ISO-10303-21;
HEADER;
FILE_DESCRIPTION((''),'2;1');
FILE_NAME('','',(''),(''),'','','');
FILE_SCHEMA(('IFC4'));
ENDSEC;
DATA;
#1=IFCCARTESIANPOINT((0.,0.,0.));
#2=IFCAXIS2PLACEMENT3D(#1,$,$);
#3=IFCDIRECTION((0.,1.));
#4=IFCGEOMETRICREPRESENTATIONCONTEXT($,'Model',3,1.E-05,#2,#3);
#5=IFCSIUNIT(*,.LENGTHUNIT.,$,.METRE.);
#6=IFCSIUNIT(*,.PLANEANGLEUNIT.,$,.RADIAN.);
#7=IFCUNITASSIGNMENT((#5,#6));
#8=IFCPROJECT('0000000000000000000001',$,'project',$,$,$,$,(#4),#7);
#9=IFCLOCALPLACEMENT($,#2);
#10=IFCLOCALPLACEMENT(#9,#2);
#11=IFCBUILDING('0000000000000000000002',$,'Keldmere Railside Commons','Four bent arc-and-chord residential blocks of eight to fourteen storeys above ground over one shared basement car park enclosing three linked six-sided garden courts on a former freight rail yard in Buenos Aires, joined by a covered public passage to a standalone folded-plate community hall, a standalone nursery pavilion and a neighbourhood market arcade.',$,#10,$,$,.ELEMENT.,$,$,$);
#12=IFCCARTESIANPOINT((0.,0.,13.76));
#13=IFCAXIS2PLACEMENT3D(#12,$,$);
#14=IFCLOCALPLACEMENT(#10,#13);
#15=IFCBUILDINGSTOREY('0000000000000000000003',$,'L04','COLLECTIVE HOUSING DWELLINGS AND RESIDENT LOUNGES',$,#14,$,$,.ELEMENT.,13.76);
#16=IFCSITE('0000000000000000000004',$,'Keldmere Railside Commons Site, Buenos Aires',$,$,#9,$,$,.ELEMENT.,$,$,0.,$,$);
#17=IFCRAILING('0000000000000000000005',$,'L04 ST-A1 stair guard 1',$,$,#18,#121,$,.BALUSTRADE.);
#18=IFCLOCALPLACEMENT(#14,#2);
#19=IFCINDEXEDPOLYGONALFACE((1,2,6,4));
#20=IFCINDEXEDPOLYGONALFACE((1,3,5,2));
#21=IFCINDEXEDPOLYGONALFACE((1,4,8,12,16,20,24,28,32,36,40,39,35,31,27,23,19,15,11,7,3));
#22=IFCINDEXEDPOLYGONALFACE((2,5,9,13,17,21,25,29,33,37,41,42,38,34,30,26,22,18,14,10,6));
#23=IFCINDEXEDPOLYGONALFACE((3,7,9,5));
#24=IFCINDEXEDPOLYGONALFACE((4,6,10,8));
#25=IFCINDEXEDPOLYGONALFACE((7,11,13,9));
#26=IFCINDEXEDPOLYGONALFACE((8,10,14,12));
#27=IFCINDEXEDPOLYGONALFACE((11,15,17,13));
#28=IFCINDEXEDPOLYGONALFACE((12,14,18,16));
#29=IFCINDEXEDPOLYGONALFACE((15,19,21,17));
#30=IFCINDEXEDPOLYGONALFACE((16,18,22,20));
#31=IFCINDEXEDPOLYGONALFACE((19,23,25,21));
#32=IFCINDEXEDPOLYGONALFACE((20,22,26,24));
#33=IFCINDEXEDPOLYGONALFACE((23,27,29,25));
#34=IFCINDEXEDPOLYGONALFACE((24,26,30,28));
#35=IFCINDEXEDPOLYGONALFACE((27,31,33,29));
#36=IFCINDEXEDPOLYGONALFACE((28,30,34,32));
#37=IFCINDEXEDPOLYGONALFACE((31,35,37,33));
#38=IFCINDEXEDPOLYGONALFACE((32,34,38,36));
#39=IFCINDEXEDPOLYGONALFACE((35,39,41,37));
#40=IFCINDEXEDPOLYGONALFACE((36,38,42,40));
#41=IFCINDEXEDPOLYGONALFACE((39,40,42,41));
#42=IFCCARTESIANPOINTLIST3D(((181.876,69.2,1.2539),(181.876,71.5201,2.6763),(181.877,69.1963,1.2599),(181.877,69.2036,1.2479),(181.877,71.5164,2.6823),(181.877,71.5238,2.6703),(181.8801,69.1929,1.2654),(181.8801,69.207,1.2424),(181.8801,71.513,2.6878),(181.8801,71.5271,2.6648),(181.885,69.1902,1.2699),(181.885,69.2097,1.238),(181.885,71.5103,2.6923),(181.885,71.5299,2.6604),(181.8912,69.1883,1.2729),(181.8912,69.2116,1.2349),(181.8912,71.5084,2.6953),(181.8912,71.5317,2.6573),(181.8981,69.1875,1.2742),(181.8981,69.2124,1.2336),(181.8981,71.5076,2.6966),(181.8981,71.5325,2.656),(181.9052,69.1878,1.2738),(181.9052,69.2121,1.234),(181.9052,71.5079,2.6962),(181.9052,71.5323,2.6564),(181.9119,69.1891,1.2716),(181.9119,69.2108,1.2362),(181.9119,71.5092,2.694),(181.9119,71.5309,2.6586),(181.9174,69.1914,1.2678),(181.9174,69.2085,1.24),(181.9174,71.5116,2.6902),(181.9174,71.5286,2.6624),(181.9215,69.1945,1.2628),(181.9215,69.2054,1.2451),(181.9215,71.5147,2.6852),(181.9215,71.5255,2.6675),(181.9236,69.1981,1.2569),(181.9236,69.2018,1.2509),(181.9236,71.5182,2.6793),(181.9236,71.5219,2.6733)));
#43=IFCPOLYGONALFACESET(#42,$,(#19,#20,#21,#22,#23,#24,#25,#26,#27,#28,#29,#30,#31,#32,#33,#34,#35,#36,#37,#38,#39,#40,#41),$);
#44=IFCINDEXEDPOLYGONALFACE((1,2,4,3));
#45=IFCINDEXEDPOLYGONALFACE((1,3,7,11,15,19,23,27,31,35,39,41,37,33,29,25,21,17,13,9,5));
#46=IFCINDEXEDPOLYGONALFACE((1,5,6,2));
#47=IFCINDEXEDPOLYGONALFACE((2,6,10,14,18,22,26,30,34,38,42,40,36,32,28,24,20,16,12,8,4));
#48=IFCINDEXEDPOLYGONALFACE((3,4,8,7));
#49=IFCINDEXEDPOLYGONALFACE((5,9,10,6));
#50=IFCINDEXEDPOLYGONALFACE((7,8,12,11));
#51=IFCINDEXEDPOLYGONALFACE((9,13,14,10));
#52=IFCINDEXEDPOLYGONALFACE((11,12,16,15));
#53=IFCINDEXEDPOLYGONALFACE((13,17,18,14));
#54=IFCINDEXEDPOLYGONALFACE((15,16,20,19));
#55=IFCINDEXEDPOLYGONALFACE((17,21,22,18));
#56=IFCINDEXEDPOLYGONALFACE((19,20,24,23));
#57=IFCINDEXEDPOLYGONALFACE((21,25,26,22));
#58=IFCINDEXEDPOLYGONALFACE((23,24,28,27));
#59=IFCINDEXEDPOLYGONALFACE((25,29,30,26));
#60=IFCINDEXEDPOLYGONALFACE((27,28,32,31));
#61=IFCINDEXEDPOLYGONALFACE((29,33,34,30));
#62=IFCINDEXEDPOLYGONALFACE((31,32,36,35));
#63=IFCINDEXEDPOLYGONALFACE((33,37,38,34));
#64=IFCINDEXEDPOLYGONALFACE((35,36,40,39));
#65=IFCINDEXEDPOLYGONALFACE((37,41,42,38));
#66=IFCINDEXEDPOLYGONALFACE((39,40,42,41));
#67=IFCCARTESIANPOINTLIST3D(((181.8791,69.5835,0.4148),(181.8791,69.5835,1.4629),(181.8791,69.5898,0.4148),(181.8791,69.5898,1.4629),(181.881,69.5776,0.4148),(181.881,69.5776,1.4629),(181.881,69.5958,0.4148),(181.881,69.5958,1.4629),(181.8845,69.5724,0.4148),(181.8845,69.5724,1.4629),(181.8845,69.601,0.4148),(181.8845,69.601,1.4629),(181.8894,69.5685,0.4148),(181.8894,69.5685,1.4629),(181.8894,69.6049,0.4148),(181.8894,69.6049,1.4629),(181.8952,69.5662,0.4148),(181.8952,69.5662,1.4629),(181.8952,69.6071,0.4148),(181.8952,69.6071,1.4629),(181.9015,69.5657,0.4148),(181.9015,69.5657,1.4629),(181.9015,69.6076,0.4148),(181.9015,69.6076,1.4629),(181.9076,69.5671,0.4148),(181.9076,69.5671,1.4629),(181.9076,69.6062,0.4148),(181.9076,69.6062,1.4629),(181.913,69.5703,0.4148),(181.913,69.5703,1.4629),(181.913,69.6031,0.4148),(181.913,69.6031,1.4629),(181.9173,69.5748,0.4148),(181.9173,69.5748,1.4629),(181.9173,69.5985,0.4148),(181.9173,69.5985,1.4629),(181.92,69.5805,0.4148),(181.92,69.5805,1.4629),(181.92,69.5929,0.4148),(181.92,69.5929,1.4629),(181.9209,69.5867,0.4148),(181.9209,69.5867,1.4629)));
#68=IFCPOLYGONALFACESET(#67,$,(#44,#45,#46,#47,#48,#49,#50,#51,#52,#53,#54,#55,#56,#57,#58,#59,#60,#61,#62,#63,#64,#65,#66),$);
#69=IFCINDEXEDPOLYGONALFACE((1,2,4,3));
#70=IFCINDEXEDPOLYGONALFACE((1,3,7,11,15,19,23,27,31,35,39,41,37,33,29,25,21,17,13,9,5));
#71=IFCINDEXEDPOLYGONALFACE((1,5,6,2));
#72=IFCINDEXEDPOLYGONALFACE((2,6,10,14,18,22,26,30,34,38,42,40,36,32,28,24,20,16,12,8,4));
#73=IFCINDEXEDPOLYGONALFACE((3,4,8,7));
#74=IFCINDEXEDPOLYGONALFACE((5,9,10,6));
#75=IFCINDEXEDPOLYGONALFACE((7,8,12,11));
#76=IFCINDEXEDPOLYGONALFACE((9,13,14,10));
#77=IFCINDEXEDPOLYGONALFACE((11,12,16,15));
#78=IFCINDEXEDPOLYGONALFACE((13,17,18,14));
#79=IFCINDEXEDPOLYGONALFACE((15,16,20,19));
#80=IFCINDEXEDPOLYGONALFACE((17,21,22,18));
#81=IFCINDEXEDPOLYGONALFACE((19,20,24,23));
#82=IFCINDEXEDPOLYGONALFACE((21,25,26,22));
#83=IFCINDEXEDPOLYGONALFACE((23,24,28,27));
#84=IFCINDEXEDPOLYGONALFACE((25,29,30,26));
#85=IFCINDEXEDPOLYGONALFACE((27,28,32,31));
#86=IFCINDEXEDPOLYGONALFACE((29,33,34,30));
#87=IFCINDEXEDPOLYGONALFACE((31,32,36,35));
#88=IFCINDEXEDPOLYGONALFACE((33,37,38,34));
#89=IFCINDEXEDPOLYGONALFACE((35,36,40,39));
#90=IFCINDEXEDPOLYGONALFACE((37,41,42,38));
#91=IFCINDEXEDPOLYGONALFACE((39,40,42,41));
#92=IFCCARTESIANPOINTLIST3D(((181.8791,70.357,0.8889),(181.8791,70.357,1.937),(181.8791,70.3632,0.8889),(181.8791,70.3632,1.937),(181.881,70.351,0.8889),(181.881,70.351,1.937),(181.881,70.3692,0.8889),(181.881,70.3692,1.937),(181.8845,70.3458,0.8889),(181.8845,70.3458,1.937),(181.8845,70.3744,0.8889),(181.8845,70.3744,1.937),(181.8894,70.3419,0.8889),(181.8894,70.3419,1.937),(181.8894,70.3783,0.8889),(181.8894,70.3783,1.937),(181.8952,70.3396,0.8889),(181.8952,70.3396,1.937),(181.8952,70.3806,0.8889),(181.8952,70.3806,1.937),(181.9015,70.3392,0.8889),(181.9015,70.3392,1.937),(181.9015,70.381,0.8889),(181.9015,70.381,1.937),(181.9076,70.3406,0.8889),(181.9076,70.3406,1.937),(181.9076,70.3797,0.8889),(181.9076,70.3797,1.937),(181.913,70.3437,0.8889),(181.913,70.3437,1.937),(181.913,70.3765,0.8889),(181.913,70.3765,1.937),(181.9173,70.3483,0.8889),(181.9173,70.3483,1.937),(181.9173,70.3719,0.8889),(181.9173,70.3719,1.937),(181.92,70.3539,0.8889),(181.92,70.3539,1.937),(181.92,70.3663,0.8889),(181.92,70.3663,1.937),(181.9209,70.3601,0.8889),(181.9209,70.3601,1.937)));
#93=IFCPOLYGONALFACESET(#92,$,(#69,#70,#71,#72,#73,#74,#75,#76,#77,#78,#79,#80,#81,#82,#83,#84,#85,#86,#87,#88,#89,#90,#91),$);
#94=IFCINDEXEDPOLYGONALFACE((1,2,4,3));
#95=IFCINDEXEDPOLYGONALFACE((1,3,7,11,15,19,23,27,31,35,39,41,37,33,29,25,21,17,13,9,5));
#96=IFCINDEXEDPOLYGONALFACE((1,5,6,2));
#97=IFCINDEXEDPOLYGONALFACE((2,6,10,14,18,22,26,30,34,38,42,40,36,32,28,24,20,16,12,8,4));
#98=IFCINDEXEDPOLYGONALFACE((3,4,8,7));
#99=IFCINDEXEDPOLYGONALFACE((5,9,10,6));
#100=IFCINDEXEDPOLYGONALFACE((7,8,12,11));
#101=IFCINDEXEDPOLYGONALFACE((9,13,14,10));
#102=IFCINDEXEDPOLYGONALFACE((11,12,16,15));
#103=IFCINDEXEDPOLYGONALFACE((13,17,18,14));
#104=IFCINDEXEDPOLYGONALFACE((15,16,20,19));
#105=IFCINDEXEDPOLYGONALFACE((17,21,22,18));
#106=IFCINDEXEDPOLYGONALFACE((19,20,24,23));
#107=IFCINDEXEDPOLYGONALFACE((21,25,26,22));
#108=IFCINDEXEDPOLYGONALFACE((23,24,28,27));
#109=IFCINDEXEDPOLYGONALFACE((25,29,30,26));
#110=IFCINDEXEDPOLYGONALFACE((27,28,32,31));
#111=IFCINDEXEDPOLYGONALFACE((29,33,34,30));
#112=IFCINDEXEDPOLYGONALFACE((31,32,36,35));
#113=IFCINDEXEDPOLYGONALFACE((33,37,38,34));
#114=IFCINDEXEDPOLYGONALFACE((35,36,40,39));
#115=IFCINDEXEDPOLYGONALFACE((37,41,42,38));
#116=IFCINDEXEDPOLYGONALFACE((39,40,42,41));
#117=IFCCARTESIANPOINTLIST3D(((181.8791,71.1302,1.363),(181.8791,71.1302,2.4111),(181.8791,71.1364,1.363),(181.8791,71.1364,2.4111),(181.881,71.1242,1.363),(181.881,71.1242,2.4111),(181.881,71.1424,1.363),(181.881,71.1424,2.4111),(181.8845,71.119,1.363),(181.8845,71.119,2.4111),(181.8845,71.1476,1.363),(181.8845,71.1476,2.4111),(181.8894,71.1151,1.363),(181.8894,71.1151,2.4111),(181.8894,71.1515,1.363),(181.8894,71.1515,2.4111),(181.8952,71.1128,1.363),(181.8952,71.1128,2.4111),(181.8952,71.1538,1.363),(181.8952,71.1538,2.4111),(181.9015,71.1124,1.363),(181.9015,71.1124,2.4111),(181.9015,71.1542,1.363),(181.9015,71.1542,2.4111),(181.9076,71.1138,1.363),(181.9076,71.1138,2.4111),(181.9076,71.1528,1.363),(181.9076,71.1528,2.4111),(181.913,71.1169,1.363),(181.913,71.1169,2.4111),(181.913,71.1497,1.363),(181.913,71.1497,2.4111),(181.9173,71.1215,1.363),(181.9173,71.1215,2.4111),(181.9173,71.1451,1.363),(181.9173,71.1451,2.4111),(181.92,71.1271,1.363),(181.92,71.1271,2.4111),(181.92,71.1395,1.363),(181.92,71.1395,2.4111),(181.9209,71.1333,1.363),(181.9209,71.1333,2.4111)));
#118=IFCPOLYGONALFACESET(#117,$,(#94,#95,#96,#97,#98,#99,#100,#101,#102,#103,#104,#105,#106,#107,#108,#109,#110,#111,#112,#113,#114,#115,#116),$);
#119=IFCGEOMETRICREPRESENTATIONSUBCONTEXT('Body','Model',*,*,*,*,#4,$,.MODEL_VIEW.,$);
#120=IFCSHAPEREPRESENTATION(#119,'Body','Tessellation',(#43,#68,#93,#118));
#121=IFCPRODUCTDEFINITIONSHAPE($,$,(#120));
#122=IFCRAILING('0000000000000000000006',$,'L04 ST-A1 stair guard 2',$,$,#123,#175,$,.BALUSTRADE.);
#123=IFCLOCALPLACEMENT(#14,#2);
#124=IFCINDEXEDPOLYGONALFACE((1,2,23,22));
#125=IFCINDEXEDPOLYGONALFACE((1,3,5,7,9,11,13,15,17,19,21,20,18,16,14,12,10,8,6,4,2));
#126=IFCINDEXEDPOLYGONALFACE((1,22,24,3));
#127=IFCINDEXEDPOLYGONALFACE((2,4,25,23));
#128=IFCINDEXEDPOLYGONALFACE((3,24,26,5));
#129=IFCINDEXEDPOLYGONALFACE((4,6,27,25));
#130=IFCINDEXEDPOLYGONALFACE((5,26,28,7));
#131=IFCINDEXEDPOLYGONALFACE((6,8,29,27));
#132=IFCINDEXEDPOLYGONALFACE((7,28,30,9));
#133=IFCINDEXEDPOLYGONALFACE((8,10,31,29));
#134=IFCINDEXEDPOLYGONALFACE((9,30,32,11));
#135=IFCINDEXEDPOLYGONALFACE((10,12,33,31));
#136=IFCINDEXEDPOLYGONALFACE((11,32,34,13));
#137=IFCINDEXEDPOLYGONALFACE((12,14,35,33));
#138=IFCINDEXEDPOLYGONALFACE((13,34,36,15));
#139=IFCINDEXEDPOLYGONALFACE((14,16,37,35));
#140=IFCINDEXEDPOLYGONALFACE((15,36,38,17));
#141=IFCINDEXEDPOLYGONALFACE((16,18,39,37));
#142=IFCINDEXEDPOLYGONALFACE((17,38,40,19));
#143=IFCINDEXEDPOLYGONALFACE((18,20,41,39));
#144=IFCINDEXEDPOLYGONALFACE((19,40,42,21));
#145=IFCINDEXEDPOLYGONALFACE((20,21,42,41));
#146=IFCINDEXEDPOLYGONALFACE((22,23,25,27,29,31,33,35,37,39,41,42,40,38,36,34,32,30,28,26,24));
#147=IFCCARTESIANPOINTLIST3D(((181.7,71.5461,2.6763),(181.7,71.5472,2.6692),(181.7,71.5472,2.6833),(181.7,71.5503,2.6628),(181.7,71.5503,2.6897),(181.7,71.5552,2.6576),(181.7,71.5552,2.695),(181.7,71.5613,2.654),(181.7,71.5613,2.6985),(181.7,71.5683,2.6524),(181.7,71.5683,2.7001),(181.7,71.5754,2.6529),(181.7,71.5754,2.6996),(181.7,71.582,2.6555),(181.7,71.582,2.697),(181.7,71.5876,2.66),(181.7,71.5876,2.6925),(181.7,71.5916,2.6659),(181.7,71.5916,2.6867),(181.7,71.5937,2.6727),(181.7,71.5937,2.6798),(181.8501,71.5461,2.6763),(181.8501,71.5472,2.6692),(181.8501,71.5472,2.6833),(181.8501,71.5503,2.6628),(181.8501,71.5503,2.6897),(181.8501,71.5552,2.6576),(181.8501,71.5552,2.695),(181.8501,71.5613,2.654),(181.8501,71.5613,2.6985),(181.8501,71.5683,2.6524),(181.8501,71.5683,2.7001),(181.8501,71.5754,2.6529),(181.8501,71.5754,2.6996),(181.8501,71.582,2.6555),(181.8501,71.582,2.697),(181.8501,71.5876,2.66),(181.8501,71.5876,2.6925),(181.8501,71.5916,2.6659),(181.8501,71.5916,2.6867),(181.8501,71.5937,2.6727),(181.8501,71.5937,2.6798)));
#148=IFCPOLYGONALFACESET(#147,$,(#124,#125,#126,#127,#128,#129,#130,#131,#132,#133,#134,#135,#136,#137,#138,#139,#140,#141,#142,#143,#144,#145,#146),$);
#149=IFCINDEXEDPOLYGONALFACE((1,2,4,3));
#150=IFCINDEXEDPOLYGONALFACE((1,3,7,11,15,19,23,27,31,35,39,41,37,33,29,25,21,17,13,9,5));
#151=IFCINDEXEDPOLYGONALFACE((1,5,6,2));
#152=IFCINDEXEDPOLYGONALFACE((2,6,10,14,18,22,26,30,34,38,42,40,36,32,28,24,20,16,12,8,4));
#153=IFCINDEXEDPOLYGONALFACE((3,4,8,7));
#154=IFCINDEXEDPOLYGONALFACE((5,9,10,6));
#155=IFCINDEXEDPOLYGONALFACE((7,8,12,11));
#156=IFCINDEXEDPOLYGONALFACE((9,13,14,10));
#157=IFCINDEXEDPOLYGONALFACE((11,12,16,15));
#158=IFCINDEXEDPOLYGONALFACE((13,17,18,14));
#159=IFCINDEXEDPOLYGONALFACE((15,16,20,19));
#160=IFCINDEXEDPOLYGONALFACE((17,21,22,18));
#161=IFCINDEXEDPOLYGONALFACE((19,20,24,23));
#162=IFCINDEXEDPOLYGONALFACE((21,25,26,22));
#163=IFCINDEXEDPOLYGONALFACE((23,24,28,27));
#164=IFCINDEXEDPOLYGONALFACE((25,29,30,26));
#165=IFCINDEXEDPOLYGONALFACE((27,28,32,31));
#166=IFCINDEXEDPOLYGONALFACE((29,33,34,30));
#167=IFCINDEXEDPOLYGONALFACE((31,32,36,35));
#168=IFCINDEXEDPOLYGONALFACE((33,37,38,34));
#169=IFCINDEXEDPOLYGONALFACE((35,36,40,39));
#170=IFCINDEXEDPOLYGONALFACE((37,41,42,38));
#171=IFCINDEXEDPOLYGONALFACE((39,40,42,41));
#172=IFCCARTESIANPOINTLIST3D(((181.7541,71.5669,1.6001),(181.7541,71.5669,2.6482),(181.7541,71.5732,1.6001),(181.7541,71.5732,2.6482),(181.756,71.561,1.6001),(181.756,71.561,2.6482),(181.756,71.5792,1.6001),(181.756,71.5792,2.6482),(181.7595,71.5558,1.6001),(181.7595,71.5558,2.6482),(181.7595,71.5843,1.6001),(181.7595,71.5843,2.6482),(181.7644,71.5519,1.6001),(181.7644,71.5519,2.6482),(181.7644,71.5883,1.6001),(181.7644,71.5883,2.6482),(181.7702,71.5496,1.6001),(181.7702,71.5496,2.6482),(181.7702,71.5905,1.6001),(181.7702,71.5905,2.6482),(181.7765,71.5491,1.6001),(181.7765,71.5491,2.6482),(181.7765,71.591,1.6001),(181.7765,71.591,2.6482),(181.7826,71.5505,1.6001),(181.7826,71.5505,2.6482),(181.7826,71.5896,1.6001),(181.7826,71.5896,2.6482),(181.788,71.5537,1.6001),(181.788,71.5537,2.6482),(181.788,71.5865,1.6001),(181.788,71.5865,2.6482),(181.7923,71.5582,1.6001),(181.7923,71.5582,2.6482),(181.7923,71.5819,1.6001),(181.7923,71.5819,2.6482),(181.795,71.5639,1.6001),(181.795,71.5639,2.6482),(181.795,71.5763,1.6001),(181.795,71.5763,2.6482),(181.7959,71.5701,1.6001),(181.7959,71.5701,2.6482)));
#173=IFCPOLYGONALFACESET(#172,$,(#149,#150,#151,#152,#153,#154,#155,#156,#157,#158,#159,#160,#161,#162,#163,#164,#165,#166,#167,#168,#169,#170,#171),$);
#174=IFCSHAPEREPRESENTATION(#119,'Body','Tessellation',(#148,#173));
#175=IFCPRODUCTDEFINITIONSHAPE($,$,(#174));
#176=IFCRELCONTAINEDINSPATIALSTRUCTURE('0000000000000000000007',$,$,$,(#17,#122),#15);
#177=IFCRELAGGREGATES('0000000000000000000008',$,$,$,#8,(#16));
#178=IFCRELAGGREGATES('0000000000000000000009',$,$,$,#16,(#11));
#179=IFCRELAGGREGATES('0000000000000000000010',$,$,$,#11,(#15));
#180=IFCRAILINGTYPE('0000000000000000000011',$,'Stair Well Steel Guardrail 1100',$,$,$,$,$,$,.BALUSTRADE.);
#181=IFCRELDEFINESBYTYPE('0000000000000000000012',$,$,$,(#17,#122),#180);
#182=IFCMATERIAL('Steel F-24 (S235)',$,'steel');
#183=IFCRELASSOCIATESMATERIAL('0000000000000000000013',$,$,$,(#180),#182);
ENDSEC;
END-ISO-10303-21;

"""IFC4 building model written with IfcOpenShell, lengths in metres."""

from ifc_helpers import new_model, si_unit, direction, frame, origin, origin_2d, place, context, subcontext, project, spatial, circle, extrude, material, type_object, element, save


model = new_model("IFC4")

# Units and contexts
model_context = context("Model", 3, precision=1e-05, world=origin(), true_north=direction((0.0, 1.0)))
body_context = subcontext(model_context, "Body", "Model", "MODEL_VIEW")
ifc_project = project(units=[si_unit("LENGTHUNIT", "METRE"), si_unit("PLANEANGLEUNIT", "RADIAN")], contexts=[model_context])

# Site, building, storey
site_placement = place(None, origin())
site = spatial("IfcSite", under=ifc_project, at=site_placement, Name="Keldmere Railside Commons Site, Buenos Aires", CompositionType="ELEMENT", RefElevation=0.0)
building_placement = place(site_placement, origin())
building = spatial("IfcBuilding", under=site, at=building_placement, Name="Keldmere Railside Commons", Description="Four bent arc-and-chord residential blocks of eight to fourteen storeys above ground over one shared basement car park enclosing three linked six-sided garden courts on a former freight rail yard in Buenos Aires, joined by a covered public passage to a standalone folded-plate community hall, a standalone nursery pavilion and a neighbourhood market arcade.", CompositionType="ELEMENT")
storey_placement = place(building_placement, frame((0.0, 0.0, 13.76)))
storey = spatial("IfcBuildingStorey", under=building, at=storey_placement, Name="L04", Description="COLLECTIVE HOUSING DWELLINGS AND RESIDENT LOUNGES", CompositionType="ELEMENT", Elevation=13.76)

# Shared definitions
ifc_material_1 = material(Name="Steel F-24 (S235)", Category="steel")

# Railings
railing_type_1 = type_object("IfcRailingType", Name="Stair Well Steel Guardrail 1100", PredefinedType="BALUSTRADE", material=ifc_material_1)
railing_1_placement = place(storey_placement, frame((181.8999, 69.2, 0.1777)))
element("IfcRailing", 1, at=railing_1_placement, inside=storey, type_object=railing_type_1, Name="L04 ST-A1 stair guard 1", PredefinedType="BALUSTRADE", context=body_context, shape_type="SweptSolid", body=[
    extrude(circle(Radius=0.0239, at=origin_2d()), frame((0.0, 0.0, 1.0762), z_axis=(0.0, 0.852538, 0.522665), x_axis=(-1.0, 0.0, 0.0)), (0.0, 0.0, 1.0), 2.7214),
    extrude(circle(Radius=0.021, at=origin_2d()), frame((0.0, 0.3867, 0.2371)), (0.0, 0.0, 1.0), 1.0481),
    extrude(circle(Radius=0.021, at=origin_2d()), frame((0.0, 1.1602, 0.7112)), (0.0, 0.0, 1.0), 1.0481),
    extrude(circle(Radius=0.021, at=origin_2d()), frame((0.0, 1.9333, 1.1853)), (0.0, 0.0, 1.0), 1.0481),
])
railing_2_placement = place(storey_placement, frame((181.8501, 71.5701, 1.6001)))
element("IfcRailing", 2, at=railing_2_placement, inside=storey, type_object=railing_type_1, Name="L04 ST-A1 stair guard 2", PredefinedType="BALUSTRADE", context=body_context, shape_type="SweptSolid", body=[
    extrude(circle(Radius=0.0239, at=origin_2d()), frame((0.0, 0.0, 1.0762), z_axis=(-1.0, 0.0, 0.0), x_axis=(0.0, -1.0, 0.0)), (0.0, 0.0, 1.0), 0.1501),
    extrude(circle(Radius=0.021, at=origin_2d()), frame((-0.0752, 0.0, 0.0)), (0.0, 0.0, 1.0), 1.0481),
])

save(model, "model.ifc")
